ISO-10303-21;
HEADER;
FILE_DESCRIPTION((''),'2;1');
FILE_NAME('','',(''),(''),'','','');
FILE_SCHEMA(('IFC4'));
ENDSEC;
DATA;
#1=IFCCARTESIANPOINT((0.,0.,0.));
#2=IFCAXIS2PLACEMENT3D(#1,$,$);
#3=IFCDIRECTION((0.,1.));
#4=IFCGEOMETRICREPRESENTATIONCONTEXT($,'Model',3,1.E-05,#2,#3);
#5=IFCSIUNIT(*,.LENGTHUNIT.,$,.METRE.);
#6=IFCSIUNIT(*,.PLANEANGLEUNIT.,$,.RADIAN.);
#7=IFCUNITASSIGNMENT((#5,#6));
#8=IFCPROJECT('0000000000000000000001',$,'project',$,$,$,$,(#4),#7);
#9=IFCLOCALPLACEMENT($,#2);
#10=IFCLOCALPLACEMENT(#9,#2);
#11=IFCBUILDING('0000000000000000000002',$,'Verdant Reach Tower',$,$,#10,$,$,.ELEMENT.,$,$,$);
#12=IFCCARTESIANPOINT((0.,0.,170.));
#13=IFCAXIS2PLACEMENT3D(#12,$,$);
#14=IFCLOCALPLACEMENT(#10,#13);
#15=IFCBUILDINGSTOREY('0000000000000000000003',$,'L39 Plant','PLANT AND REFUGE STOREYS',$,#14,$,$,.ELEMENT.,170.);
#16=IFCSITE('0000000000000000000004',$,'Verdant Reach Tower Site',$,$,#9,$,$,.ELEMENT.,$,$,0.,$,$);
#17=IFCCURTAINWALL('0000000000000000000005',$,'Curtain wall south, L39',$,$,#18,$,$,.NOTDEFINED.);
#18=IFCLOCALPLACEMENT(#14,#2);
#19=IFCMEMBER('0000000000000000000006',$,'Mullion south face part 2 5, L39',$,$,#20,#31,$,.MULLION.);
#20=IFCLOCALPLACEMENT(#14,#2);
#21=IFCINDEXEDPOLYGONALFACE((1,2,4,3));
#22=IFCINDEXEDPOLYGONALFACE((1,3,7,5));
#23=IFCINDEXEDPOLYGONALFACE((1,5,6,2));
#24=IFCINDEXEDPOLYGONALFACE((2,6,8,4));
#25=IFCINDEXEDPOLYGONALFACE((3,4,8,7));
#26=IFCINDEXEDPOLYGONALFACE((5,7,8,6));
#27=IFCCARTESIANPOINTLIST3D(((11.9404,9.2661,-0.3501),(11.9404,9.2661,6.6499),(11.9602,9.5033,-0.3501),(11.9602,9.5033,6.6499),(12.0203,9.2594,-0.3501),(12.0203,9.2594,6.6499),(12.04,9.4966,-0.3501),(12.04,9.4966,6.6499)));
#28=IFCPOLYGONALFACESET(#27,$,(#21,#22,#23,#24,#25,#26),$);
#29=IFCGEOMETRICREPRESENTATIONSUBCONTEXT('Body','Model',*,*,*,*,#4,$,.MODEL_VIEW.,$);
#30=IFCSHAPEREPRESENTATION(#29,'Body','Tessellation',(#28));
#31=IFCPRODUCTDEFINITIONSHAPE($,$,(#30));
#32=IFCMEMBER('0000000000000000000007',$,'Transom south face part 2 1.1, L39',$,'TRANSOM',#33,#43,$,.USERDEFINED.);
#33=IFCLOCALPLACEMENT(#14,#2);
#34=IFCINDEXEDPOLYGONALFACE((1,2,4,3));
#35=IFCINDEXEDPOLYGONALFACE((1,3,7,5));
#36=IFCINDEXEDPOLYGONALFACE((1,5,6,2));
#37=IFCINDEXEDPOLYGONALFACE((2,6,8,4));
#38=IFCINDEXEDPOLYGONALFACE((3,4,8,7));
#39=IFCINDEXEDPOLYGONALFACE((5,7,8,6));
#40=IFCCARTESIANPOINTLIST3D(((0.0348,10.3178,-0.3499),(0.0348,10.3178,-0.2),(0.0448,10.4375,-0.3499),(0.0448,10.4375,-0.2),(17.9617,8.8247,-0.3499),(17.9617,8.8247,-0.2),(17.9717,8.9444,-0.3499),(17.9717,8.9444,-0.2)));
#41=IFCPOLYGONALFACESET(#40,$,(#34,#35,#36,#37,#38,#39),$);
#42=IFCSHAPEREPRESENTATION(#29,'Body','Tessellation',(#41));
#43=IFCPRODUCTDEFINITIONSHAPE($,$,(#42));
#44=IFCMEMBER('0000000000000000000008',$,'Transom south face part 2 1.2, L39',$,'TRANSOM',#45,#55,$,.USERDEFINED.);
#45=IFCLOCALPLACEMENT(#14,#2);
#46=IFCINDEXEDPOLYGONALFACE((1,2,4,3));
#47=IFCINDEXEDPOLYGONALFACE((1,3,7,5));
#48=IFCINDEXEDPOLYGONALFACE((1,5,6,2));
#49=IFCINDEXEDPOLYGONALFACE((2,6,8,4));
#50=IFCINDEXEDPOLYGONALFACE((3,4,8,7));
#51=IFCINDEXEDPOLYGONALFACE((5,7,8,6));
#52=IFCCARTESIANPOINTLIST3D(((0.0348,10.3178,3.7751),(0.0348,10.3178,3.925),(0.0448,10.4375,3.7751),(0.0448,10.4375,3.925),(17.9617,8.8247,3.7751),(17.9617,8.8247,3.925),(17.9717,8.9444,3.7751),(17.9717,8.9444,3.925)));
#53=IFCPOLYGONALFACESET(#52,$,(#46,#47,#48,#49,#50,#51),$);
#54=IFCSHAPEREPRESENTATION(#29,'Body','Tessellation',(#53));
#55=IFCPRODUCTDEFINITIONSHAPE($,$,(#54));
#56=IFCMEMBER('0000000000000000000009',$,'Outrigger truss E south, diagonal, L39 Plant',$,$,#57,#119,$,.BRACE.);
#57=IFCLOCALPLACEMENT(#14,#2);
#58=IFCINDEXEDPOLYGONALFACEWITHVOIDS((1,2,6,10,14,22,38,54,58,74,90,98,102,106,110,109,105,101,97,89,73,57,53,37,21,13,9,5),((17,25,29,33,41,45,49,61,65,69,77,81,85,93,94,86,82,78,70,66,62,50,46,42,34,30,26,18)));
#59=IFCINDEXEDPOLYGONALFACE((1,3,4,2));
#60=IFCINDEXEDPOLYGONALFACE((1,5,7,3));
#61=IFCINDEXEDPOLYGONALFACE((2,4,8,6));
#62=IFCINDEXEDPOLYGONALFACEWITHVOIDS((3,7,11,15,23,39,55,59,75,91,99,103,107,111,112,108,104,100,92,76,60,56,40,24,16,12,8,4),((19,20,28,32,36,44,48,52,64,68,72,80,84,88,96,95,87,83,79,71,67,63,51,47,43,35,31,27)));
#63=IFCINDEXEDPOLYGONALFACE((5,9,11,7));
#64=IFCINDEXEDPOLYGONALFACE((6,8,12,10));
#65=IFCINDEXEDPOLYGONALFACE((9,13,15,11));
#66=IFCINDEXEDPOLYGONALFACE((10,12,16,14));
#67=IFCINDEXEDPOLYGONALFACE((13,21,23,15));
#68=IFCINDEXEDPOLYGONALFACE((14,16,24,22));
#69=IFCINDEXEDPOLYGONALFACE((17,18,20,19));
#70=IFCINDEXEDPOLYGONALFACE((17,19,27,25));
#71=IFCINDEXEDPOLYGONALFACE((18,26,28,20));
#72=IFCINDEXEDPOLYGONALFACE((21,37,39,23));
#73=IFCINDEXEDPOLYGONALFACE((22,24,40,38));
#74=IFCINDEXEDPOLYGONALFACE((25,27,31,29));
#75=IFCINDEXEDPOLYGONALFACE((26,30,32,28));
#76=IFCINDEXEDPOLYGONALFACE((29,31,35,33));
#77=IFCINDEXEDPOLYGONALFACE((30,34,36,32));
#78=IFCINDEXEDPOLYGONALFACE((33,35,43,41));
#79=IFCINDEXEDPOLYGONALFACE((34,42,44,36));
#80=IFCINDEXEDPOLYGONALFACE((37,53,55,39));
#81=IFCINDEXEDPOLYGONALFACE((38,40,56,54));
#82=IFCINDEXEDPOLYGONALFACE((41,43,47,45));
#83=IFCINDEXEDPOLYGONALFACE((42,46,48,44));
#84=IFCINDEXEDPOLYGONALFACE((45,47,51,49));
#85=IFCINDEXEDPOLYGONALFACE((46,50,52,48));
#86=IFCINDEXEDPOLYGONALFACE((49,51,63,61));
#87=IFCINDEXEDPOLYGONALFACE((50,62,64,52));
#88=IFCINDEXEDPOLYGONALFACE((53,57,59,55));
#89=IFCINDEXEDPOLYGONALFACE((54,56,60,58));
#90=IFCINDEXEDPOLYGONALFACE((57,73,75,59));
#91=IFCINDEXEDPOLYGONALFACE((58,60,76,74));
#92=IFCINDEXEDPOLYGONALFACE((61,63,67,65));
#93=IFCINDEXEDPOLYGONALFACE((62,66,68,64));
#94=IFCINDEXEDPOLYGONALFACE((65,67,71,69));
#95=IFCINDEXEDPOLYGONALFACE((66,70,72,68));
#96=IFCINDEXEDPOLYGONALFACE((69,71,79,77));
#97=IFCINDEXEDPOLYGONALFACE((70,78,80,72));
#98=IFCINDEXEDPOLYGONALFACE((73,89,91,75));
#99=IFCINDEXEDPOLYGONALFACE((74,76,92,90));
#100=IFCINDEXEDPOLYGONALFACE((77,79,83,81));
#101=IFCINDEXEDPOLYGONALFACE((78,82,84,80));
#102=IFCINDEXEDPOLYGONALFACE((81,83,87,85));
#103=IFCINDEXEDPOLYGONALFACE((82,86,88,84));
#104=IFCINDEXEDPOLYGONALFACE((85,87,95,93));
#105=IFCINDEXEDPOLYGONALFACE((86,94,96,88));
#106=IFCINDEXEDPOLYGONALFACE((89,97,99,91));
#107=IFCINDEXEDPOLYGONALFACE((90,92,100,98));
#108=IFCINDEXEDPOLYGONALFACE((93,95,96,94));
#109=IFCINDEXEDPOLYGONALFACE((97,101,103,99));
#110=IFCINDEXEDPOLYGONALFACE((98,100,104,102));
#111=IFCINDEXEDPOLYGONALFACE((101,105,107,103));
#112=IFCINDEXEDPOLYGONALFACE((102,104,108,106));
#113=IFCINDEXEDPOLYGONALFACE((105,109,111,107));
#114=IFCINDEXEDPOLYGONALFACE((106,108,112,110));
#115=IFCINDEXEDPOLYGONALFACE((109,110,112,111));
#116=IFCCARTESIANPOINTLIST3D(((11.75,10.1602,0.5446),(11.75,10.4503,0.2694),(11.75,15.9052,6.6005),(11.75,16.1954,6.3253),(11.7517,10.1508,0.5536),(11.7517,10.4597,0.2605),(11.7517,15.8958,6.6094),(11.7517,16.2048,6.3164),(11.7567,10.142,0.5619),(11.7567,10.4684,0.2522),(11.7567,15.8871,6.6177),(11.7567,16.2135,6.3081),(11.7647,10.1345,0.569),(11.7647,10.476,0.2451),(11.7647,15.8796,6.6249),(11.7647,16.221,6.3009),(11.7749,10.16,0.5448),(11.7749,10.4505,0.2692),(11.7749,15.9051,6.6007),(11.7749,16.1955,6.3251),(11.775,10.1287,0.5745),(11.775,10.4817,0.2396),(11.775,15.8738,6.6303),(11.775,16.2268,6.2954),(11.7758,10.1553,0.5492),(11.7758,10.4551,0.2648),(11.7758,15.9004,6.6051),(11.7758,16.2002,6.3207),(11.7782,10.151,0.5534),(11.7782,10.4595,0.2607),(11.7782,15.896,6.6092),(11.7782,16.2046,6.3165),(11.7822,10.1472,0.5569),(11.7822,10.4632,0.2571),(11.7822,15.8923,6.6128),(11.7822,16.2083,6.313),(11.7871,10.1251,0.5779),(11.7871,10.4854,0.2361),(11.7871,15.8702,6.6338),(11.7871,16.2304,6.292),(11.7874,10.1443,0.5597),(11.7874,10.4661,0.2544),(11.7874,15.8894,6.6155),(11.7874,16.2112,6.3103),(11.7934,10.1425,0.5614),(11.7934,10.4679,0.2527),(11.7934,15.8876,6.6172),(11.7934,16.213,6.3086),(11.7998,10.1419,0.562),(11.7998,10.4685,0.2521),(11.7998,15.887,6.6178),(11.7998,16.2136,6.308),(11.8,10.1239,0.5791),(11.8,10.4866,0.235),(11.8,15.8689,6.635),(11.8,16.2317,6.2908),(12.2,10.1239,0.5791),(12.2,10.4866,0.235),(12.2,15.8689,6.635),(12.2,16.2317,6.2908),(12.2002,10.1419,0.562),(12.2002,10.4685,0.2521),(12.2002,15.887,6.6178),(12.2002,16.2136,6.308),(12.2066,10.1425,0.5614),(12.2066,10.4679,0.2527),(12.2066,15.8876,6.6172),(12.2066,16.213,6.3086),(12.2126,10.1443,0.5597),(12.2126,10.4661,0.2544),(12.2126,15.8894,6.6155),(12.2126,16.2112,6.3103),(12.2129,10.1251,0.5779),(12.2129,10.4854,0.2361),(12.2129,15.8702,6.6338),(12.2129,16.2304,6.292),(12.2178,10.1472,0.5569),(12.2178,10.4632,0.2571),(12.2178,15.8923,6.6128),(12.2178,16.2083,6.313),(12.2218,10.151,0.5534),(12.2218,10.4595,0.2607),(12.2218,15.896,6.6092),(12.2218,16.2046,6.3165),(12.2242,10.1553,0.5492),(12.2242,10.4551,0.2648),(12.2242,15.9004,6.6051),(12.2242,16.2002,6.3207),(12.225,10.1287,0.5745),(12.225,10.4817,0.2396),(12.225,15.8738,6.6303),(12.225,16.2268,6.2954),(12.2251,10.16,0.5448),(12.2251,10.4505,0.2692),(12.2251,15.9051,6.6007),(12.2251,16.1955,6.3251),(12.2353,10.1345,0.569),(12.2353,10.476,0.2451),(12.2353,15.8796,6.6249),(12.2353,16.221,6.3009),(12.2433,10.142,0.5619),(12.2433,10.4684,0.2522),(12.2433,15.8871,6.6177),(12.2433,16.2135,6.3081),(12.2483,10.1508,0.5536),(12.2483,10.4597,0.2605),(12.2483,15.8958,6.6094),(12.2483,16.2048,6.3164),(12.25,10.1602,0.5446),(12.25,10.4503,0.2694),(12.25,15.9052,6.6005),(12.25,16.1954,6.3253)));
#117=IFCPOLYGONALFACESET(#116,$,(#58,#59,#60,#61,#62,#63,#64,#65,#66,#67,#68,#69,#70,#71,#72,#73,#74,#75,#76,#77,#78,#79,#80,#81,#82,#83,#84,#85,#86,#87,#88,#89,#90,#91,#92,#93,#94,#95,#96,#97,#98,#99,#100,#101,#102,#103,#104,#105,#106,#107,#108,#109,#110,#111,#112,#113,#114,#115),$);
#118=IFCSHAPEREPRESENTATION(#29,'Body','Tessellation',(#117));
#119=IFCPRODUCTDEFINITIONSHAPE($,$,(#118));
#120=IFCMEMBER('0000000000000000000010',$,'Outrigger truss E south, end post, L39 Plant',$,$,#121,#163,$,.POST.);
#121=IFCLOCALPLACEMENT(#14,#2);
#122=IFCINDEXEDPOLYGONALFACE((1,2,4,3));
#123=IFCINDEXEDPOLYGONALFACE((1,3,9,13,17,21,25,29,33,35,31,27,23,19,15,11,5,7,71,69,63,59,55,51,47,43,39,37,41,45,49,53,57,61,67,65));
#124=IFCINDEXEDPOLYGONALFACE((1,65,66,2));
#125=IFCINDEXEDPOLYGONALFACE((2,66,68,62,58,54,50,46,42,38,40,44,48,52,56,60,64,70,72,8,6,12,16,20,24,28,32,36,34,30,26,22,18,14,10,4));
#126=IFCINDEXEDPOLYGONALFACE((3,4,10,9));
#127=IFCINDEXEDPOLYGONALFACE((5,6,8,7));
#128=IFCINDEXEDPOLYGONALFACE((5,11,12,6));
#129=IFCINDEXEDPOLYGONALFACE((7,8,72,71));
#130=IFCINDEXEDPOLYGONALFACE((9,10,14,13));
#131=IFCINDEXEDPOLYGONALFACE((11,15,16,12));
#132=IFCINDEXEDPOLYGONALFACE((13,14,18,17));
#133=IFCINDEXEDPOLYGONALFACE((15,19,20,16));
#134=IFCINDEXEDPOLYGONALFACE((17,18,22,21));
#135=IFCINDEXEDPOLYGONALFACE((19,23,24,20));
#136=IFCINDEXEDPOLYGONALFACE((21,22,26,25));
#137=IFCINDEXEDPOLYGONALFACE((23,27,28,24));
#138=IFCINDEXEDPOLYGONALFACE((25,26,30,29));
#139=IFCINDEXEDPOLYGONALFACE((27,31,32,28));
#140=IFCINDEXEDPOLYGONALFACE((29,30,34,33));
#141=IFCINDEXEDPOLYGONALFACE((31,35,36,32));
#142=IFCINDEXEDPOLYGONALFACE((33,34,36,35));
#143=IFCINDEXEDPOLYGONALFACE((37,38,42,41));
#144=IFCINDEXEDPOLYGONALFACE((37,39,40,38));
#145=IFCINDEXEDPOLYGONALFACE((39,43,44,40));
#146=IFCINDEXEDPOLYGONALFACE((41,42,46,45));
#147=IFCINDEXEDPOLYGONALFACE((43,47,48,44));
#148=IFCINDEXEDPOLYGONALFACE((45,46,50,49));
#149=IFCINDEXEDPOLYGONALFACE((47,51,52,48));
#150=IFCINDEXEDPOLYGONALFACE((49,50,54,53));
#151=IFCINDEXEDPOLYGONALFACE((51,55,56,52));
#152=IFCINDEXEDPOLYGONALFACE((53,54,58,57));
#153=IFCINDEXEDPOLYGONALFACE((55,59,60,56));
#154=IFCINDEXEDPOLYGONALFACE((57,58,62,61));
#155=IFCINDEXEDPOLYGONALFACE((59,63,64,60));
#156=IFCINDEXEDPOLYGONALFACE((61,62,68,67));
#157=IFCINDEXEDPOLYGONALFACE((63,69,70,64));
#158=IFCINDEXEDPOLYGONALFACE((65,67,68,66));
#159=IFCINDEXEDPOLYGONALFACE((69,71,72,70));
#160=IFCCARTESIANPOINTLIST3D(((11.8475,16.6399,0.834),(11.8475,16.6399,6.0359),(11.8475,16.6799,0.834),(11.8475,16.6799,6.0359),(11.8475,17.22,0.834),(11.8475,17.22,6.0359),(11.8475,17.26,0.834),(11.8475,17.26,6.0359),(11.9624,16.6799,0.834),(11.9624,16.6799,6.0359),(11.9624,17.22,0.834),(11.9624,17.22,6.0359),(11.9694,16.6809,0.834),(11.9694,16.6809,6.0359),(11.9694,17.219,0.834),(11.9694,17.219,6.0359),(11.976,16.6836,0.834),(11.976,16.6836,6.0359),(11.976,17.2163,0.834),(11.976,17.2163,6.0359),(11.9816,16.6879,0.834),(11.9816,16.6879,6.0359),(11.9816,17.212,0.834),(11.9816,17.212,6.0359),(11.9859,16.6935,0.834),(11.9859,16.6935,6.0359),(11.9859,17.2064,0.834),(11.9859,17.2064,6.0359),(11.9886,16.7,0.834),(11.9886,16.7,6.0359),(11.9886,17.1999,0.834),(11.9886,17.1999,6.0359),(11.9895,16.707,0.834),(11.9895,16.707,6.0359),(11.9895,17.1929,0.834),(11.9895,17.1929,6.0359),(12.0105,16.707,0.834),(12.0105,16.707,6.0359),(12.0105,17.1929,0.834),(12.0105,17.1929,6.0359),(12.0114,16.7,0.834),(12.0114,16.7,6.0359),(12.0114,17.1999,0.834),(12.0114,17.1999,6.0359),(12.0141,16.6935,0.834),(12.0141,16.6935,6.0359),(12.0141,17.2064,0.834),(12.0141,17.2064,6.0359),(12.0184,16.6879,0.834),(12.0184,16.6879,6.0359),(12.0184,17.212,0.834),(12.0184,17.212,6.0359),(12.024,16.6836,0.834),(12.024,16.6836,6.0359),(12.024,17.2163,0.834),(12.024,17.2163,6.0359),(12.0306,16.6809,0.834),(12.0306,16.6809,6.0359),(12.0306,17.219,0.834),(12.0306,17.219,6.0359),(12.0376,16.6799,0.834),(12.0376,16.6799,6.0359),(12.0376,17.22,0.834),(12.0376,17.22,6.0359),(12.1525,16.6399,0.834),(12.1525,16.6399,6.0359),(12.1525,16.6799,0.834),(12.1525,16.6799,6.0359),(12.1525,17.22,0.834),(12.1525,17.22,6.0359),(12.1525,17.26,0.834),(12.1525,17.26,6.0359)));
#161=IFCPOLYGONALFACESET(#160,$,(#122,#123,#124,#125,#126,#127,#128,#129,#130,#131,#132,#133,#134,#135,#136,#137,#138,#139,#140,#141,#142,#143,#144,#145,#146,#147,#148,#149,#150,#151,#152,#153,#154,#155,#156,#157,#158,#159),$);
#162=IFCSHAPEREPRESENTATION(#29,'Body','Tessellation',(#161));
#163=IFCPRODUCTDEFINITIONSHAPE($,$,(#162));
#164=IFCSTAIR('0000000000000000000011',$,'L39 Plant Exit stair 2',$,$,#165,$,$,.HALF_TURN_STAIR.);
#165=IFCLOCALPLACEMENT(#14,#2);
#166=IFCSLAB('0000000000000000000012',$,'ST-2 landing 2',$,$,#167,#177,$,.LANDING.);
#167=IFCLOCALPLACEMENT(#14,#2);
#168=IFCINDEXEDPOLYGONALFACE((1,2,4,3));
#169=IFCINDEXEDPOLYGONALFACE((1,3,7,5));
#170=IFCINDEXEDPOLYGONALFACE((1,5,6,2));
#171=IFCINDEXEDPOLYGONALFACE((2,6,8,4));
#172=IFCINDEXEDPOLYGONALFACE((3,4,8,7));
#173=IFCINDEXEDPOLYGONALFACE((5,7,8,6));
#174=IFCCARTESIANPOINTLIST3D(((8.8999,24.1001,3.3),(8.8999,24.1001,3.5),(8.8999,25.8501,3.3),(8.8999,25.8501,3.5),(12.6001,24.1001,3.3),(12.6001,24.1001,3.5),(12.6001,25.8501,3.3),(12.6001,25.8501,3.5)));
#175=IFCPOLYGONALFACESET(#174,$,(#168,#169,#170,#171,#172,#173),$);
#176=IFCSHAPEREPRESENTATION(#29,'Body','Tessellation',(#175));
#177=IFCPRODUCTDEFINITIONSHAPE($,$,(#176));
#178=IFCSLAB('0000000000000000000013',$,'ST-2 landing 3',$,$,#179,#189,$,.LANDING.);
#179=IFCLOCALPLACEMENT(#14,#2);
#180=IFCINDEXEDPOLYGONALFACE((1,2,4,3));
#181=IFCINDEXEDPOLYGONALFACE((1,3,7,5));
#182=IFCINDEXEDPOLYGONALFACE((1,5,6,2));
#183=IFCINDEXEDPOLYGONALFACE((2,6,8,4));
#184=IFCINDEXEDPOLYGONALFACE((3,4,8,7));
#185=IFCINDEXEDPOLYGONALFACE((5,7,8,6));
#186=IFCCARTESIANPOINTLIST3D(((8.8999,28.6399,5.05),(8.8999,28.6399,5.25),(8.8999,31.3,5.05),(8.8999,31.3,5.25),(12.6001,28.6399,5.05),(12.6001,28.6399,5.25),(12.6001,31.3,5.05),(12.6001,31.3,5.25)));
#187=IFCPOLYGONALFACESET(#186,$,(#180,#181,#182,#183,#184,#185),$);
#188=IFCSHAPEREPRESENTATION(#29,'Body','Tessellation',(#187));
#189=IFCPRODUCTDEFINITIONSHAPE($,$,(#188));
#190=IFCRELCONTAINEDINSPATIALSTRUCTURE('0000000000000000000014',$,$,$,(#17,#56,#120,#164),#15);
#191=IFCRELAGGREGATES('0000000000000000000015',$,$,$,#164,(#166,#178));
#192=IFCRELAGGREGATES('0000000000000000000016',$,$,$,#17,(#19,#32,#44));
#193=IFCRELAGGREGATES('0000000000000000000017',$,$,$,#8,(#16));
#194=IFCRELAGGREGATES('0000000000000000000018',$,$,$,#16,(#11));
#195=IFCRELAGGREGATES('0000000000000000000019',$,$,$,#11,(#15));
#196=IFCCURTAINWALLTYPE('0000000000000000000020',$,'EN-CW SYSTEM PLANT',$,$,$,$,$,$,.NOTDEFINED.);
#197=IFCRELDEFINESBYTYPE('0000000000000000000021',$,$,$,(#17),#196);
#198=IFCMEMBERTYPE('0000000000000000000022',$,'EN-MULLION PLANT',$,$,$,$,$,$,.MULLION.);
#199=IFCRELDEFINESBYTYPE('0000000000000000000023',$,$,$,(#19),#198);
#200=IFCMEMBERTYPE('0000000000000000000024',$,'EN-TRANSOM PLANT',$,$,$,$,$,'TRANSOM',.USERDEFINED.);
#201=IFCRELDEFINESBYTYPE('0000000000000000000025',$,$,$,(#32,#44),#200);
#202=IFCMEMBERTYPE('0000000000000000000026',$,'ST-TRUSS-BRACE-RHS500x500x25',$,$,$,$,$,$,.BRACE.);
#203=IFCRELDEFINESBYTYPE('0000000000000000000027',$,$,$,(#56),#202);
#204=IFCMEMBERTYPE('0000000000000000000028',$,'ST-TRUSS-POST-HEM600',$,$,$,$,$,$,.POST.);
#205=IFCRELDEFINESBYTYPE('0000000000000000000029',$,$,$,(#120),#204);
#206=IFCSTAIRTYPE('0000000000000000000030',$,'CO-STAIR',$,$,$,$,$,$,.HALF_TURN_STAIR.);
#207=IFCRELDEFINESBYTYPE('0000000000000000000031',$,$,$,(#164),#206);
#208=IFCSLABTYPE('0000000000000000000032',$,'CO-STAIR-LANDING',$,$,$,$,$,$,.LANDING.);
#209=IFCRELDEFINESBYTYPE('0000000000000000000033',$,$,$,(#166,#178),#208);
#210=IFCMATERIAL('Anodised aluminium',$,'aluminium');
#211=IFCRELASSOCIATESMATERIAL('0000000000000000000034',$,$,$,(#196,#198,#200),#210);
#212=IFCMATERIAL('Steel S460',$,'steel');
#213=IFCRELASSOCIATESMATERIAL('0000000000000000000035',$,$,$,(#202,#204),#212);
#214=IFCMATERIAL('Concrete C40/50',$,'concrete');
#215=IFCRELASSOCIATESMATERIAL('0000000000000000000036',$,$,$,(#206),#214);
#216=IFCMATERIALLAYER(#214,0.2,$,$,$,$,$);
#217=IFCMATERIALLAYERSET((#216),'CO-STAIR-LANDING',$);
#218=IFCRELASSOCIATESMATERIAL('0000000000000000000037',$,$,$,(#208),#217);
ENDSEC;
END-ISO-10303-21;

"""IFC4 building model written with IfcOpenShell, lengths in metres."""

from ifc_helpers import new_model, si_unit, direction, frame, origin, origin_2d, place, context, subcontext, project, spatial, polyline, rectangle, hollow_rectangle, i_section, outline, extrude, material, layer, layer_set, material_profile, profile_set, type_object, element, aggregate, save


model = new_model("IFC4")

# Units and contexts
model_context = context("Model", 3, precision=1e-05, world=origin(), true_north=direction((0.0, 1.0)))
body_context = subcontext(model_context, "Body", "Model", "MODEL_VIEW")
ifc_project = project(units=[si_unit("LENGTHUNIT", "METRE"), si_unit("PLANEANGLEUNIT", "RADIAN")], contexts=[model_context])

# Site, building, storey
site_placement = place(None, origin())
site = spatial("IfcSite", under=ifc_project, at=site_placement, Name="Verdant Reach Tower Site", CompositionType="ELEMENT", RefElevation=0.0)
building_placement = place(site_placement, origin())
building = spatial("IfcBuilding", under=site, at=building_placement, Name="Verdant Reach Tower", CompositionType="ELEMENT")
storey_placement = place(building_placement, frame((0.0, 0.0, 170.0)))
storey = spatial("IfcBuildingStorey", under=building, at=storey_placement, Name="L39 Plant", Description="PLANT AND REFUGE STOREYS", CompositionType="ELEMENT", Elevation=170.0)

# Shared definitions
ifc_material_1 = material(Name="Steel S460", Category="steel")

# Curtain wall, members
ifc_material_2 = material(Name="Anodised aluminium", Category="aluminium")
curtain_wall_type = type_object("IfcCurtainWallType", Name="EN-CW SYSTEM PLANT", PredefinedType="NOTDEFINED", material=ifc_material_2)
curtain_wall_placement = place(storey_placement, origin())
curtain_wall = element("IfcCurtainWall", 1, at=curtain_wall_placement, inside=storey, type_object=curtain_wall_type, Name="Curtain wall south, L39", PredefinedType="NOTDEFINED")
ifc_material_profile_1 = material_profile(ifc_material_2, rectangle(XDim=0.238, YDim=0.0801, at=origin_2d()), Name="Mullion 80x240")
ifc_profile_set_1 = profile_set([ifc_material_profile_1], Name="Anodised aluminium")
member_type_1 = type_object("IfcMemberType", Name="EN-MULLION PLANT", PredefinedType="MULLION", material=ifc_profile_set_1)
member_1_placement = place(storey_placement, frame((11.9902, 9.3813, -0.3501), z_axis=(0.0, 0.0, 1.0), x_axis=(-0.083045, -0.996546, 0.0)))
member_1 = element("IfcMember", 2, at=member_1_placement, type_object=member_type_1, Name="Mullion south face part 2 5, L39", PredefinedType="MULLION", context=body_context, shape_type="SweptSolid", body=[
    extrude(rectangle(XDim=0.238, YDim=0.0801, at=origin_2d()), origin(), (0.0, 0.0, 1.0), 7.0),
])
ifc_material_profile_2 = material_profile(ifc_material_2, rectangle(XDim=0.1201, YDim=0.1499, at=origin_2d()), Name="Transom 150x120")
ifc_profile_set_2 = profile_set([ifc_material_profile_2], Name="Anodised aluminium")
member_type_2 = type_object("IfcMemberType", Name="EN-TRANSOM PLANT", ElementType="TRANSOM", PredefinedType="USERDEFINED", material=ifc_profile_set_2)
member_2_placement = place(storey_placement, frame((0.0398, 10.3777, -0.2749), z_axis=(0.996549, -0.083004, 0.0), x_axis=(0.083004, 0.996549, 0.0)))
member_2 = element("IfcMember", 3, at=member_2_placement, type_object=member_type_2, Name="Transom south face part 2 1.1, L39", ObjectType="TRANSOM", PredefinedType="USERDEFINED", context=body_context, shape_type="SweptSolid", body=[
    extrude(rectangle(XDim=0.1201, YDim=0.1499, at=origin_2d()), origin(), (0.0, 0.0, 1.0), 17.989),
])
member_3_placement = place(storey_placement, frame((0.0398, 10.3777, 3.8501), z_axis=(0.996549, -0.083004, 0.0), x_axis=(0.083004, 0.996549, 0.0)))
member_3 = element("IfcMember", 4, at=member_3_placement, type_object=member_type_2, Name="Transom south face part 2 1.2, L39", ObjectType="TRANSOM", PredefinedType="USERDEFINED", context=body_context, shape_type="SweptSolid", body=[
    extrude(rectangle(XDim=0.1201, YDim=0.1499, at=origin_2d()), origin(), (0.0, 0.0, 1.0), 17.989),
])

# Members
ifc_material_profile_3 = material_profile(ifc_material_1, hollow_rectangle(XDim=0.5, YDim=0.5, WallThickness=0.0249, InnerFilletRadius=0.0249, OuterFilletRadius=0.05, at=origin_2d()), Name="RHS 500x500x25")
ifc_profile_set_3 = profile_set([ifc_material_profile_3], Name="Steel S460")
member_type_3 = type_object("IfcMemberType", Name="ST-TRUSS-BRACE-RHS500x500x25", PredefinedType="BRACE", material=ifc_profile_set_3)
member_4_placement = place(storey_placement, frame((12.0, 16.0503, 6.4629), z_axis=(0.0, -0.688246, -0.725478), x_axis=(1.0, 0.0, 0.0)))
element("IfcMember", 5, at=member_4_placement, inside=storey, type_object=member_type_3, Name="Outrigger truss E south, diagonal, L39 Plant", PredefinedType="BRACE", context=body_context, shape_type="SweptSolid", body=[
    extrude(hollow_rectangle(XDim=0.5, YDim=0.5, WallThickness=0.0249, InnerFilletRadius=0.0249, OuterFilletRadius=0.05, at=origin_2d()), origin(), (0.0, 0.0, 1.0), 8.3474),
])
ifc_material_profile_4 = material_profile(ifc_material_1, i_section(OverallWidth=0.3049, OverallDepth=0.6201, WebThickness=0.021, FlangeThickness=0.04, FilletRadius=0.0271, at=origin_2d()), Name="HEM 600")
ifc_profile_set_4 = profile_set([ifc_material_profile_4], Name="Steel S460")
member_type_4 = type_object("IfcMemberType", Name="ST-TRUSS-POST-HEM600", PredefinedType="POST", material=ifc_profile_set_4)
member_5_placement = place(storey_placement, frame((12.0, 16.95, 0.834), z_axis=(0.0, 0.0, 1.0), x_axis=(1.0, 0.0, 0.0)))
element("IfcMember", 6, at=member_5_placement, inside=storey, type_object=member_type_4, Name="Outrigger truss E south, end post, L39 Plant", PredefinedType="POST", context=body_context, shape_type="SweptSolid", body=[
    extrude(i_section(OverallWidth=0.3049, OverallDepth=0.6201, WebThickness=0.021, FlangeThickness=0.04, FilletRadius=0.0271, at=origin_2d()), origin(), (0.0, 0.0, 1.0), 5.2019),
])

# Stair, slabs
ifc_material_3 = material(Name="Concrete C40/50", Category="concrete")
stair_type = type_object("IfcStairType", Name="CO-STAIR", PredefinedType="HALF_TURN_STAIR", material=ifc_material_3)
stair_1_placement = place(storey_placement, origin())
stair_1 = element("IfcStair", 7, at=stair_1_placement, inside=storey, type_object=stair_type, Name="L39 Plant Exit stair 2", PredefinedType="HALF_TURN_STAIR")
ifc_layer_1 = layer(ifc_material_3, 0.2)
ifc_layer_set_1 = layer_set([ifc_layer_1], Name="CO-STAIR-LANDING")
slab_type = type_object("IfcSlabType", Name="CO-STAIR-LANDING", PredefinedType="LANDING", material=ifc_layer_set_1)
slab_1_placement = place(storey_placement, frame((0.0, 0.0, 3.3)))
slab_1 = element("IfcSlab", 8, at=slab_1_placement, type_object=slab_type, Name="ST-2 landing 2", PredefinedType="LANDING", context=body_context, shape_type="SweptSolid", body=[
    extrude(outline(polyline([(12.6001, 24.1001), (12.6001, 25.8501), (8.8999, 25.8501), (8.8999, 24.1001), (12.6001, 24.1001)])), origin(), (0.0, 0.0, 1.0), 0.2),
])
slab_2_placement = place(storey_placement, frame((0.0, 0.0, 5.05)))
slab_2 = element("IfcSlab", 9, at=slab_2_placement, type_object=slab_type, Name="ST-2 landing 3", PredefinedType="LANDING", context=body_context, shape_type="SweptSolid", body=[
    extrude(outline(polyline([(12.6001, 28.6399), (12.6001, 31.3), (8.8999, 31.3), (8.8999, 28.6399), (12.6001, 28.6399)])), origin(), (0.0, 0.0, 1.0), 0.2),
])
aggregate(stair_1, [slab_1, slab_2])

aggregate(curtain_wall, [member_1, member_2, member_3])

save(model, "model.ifc")
